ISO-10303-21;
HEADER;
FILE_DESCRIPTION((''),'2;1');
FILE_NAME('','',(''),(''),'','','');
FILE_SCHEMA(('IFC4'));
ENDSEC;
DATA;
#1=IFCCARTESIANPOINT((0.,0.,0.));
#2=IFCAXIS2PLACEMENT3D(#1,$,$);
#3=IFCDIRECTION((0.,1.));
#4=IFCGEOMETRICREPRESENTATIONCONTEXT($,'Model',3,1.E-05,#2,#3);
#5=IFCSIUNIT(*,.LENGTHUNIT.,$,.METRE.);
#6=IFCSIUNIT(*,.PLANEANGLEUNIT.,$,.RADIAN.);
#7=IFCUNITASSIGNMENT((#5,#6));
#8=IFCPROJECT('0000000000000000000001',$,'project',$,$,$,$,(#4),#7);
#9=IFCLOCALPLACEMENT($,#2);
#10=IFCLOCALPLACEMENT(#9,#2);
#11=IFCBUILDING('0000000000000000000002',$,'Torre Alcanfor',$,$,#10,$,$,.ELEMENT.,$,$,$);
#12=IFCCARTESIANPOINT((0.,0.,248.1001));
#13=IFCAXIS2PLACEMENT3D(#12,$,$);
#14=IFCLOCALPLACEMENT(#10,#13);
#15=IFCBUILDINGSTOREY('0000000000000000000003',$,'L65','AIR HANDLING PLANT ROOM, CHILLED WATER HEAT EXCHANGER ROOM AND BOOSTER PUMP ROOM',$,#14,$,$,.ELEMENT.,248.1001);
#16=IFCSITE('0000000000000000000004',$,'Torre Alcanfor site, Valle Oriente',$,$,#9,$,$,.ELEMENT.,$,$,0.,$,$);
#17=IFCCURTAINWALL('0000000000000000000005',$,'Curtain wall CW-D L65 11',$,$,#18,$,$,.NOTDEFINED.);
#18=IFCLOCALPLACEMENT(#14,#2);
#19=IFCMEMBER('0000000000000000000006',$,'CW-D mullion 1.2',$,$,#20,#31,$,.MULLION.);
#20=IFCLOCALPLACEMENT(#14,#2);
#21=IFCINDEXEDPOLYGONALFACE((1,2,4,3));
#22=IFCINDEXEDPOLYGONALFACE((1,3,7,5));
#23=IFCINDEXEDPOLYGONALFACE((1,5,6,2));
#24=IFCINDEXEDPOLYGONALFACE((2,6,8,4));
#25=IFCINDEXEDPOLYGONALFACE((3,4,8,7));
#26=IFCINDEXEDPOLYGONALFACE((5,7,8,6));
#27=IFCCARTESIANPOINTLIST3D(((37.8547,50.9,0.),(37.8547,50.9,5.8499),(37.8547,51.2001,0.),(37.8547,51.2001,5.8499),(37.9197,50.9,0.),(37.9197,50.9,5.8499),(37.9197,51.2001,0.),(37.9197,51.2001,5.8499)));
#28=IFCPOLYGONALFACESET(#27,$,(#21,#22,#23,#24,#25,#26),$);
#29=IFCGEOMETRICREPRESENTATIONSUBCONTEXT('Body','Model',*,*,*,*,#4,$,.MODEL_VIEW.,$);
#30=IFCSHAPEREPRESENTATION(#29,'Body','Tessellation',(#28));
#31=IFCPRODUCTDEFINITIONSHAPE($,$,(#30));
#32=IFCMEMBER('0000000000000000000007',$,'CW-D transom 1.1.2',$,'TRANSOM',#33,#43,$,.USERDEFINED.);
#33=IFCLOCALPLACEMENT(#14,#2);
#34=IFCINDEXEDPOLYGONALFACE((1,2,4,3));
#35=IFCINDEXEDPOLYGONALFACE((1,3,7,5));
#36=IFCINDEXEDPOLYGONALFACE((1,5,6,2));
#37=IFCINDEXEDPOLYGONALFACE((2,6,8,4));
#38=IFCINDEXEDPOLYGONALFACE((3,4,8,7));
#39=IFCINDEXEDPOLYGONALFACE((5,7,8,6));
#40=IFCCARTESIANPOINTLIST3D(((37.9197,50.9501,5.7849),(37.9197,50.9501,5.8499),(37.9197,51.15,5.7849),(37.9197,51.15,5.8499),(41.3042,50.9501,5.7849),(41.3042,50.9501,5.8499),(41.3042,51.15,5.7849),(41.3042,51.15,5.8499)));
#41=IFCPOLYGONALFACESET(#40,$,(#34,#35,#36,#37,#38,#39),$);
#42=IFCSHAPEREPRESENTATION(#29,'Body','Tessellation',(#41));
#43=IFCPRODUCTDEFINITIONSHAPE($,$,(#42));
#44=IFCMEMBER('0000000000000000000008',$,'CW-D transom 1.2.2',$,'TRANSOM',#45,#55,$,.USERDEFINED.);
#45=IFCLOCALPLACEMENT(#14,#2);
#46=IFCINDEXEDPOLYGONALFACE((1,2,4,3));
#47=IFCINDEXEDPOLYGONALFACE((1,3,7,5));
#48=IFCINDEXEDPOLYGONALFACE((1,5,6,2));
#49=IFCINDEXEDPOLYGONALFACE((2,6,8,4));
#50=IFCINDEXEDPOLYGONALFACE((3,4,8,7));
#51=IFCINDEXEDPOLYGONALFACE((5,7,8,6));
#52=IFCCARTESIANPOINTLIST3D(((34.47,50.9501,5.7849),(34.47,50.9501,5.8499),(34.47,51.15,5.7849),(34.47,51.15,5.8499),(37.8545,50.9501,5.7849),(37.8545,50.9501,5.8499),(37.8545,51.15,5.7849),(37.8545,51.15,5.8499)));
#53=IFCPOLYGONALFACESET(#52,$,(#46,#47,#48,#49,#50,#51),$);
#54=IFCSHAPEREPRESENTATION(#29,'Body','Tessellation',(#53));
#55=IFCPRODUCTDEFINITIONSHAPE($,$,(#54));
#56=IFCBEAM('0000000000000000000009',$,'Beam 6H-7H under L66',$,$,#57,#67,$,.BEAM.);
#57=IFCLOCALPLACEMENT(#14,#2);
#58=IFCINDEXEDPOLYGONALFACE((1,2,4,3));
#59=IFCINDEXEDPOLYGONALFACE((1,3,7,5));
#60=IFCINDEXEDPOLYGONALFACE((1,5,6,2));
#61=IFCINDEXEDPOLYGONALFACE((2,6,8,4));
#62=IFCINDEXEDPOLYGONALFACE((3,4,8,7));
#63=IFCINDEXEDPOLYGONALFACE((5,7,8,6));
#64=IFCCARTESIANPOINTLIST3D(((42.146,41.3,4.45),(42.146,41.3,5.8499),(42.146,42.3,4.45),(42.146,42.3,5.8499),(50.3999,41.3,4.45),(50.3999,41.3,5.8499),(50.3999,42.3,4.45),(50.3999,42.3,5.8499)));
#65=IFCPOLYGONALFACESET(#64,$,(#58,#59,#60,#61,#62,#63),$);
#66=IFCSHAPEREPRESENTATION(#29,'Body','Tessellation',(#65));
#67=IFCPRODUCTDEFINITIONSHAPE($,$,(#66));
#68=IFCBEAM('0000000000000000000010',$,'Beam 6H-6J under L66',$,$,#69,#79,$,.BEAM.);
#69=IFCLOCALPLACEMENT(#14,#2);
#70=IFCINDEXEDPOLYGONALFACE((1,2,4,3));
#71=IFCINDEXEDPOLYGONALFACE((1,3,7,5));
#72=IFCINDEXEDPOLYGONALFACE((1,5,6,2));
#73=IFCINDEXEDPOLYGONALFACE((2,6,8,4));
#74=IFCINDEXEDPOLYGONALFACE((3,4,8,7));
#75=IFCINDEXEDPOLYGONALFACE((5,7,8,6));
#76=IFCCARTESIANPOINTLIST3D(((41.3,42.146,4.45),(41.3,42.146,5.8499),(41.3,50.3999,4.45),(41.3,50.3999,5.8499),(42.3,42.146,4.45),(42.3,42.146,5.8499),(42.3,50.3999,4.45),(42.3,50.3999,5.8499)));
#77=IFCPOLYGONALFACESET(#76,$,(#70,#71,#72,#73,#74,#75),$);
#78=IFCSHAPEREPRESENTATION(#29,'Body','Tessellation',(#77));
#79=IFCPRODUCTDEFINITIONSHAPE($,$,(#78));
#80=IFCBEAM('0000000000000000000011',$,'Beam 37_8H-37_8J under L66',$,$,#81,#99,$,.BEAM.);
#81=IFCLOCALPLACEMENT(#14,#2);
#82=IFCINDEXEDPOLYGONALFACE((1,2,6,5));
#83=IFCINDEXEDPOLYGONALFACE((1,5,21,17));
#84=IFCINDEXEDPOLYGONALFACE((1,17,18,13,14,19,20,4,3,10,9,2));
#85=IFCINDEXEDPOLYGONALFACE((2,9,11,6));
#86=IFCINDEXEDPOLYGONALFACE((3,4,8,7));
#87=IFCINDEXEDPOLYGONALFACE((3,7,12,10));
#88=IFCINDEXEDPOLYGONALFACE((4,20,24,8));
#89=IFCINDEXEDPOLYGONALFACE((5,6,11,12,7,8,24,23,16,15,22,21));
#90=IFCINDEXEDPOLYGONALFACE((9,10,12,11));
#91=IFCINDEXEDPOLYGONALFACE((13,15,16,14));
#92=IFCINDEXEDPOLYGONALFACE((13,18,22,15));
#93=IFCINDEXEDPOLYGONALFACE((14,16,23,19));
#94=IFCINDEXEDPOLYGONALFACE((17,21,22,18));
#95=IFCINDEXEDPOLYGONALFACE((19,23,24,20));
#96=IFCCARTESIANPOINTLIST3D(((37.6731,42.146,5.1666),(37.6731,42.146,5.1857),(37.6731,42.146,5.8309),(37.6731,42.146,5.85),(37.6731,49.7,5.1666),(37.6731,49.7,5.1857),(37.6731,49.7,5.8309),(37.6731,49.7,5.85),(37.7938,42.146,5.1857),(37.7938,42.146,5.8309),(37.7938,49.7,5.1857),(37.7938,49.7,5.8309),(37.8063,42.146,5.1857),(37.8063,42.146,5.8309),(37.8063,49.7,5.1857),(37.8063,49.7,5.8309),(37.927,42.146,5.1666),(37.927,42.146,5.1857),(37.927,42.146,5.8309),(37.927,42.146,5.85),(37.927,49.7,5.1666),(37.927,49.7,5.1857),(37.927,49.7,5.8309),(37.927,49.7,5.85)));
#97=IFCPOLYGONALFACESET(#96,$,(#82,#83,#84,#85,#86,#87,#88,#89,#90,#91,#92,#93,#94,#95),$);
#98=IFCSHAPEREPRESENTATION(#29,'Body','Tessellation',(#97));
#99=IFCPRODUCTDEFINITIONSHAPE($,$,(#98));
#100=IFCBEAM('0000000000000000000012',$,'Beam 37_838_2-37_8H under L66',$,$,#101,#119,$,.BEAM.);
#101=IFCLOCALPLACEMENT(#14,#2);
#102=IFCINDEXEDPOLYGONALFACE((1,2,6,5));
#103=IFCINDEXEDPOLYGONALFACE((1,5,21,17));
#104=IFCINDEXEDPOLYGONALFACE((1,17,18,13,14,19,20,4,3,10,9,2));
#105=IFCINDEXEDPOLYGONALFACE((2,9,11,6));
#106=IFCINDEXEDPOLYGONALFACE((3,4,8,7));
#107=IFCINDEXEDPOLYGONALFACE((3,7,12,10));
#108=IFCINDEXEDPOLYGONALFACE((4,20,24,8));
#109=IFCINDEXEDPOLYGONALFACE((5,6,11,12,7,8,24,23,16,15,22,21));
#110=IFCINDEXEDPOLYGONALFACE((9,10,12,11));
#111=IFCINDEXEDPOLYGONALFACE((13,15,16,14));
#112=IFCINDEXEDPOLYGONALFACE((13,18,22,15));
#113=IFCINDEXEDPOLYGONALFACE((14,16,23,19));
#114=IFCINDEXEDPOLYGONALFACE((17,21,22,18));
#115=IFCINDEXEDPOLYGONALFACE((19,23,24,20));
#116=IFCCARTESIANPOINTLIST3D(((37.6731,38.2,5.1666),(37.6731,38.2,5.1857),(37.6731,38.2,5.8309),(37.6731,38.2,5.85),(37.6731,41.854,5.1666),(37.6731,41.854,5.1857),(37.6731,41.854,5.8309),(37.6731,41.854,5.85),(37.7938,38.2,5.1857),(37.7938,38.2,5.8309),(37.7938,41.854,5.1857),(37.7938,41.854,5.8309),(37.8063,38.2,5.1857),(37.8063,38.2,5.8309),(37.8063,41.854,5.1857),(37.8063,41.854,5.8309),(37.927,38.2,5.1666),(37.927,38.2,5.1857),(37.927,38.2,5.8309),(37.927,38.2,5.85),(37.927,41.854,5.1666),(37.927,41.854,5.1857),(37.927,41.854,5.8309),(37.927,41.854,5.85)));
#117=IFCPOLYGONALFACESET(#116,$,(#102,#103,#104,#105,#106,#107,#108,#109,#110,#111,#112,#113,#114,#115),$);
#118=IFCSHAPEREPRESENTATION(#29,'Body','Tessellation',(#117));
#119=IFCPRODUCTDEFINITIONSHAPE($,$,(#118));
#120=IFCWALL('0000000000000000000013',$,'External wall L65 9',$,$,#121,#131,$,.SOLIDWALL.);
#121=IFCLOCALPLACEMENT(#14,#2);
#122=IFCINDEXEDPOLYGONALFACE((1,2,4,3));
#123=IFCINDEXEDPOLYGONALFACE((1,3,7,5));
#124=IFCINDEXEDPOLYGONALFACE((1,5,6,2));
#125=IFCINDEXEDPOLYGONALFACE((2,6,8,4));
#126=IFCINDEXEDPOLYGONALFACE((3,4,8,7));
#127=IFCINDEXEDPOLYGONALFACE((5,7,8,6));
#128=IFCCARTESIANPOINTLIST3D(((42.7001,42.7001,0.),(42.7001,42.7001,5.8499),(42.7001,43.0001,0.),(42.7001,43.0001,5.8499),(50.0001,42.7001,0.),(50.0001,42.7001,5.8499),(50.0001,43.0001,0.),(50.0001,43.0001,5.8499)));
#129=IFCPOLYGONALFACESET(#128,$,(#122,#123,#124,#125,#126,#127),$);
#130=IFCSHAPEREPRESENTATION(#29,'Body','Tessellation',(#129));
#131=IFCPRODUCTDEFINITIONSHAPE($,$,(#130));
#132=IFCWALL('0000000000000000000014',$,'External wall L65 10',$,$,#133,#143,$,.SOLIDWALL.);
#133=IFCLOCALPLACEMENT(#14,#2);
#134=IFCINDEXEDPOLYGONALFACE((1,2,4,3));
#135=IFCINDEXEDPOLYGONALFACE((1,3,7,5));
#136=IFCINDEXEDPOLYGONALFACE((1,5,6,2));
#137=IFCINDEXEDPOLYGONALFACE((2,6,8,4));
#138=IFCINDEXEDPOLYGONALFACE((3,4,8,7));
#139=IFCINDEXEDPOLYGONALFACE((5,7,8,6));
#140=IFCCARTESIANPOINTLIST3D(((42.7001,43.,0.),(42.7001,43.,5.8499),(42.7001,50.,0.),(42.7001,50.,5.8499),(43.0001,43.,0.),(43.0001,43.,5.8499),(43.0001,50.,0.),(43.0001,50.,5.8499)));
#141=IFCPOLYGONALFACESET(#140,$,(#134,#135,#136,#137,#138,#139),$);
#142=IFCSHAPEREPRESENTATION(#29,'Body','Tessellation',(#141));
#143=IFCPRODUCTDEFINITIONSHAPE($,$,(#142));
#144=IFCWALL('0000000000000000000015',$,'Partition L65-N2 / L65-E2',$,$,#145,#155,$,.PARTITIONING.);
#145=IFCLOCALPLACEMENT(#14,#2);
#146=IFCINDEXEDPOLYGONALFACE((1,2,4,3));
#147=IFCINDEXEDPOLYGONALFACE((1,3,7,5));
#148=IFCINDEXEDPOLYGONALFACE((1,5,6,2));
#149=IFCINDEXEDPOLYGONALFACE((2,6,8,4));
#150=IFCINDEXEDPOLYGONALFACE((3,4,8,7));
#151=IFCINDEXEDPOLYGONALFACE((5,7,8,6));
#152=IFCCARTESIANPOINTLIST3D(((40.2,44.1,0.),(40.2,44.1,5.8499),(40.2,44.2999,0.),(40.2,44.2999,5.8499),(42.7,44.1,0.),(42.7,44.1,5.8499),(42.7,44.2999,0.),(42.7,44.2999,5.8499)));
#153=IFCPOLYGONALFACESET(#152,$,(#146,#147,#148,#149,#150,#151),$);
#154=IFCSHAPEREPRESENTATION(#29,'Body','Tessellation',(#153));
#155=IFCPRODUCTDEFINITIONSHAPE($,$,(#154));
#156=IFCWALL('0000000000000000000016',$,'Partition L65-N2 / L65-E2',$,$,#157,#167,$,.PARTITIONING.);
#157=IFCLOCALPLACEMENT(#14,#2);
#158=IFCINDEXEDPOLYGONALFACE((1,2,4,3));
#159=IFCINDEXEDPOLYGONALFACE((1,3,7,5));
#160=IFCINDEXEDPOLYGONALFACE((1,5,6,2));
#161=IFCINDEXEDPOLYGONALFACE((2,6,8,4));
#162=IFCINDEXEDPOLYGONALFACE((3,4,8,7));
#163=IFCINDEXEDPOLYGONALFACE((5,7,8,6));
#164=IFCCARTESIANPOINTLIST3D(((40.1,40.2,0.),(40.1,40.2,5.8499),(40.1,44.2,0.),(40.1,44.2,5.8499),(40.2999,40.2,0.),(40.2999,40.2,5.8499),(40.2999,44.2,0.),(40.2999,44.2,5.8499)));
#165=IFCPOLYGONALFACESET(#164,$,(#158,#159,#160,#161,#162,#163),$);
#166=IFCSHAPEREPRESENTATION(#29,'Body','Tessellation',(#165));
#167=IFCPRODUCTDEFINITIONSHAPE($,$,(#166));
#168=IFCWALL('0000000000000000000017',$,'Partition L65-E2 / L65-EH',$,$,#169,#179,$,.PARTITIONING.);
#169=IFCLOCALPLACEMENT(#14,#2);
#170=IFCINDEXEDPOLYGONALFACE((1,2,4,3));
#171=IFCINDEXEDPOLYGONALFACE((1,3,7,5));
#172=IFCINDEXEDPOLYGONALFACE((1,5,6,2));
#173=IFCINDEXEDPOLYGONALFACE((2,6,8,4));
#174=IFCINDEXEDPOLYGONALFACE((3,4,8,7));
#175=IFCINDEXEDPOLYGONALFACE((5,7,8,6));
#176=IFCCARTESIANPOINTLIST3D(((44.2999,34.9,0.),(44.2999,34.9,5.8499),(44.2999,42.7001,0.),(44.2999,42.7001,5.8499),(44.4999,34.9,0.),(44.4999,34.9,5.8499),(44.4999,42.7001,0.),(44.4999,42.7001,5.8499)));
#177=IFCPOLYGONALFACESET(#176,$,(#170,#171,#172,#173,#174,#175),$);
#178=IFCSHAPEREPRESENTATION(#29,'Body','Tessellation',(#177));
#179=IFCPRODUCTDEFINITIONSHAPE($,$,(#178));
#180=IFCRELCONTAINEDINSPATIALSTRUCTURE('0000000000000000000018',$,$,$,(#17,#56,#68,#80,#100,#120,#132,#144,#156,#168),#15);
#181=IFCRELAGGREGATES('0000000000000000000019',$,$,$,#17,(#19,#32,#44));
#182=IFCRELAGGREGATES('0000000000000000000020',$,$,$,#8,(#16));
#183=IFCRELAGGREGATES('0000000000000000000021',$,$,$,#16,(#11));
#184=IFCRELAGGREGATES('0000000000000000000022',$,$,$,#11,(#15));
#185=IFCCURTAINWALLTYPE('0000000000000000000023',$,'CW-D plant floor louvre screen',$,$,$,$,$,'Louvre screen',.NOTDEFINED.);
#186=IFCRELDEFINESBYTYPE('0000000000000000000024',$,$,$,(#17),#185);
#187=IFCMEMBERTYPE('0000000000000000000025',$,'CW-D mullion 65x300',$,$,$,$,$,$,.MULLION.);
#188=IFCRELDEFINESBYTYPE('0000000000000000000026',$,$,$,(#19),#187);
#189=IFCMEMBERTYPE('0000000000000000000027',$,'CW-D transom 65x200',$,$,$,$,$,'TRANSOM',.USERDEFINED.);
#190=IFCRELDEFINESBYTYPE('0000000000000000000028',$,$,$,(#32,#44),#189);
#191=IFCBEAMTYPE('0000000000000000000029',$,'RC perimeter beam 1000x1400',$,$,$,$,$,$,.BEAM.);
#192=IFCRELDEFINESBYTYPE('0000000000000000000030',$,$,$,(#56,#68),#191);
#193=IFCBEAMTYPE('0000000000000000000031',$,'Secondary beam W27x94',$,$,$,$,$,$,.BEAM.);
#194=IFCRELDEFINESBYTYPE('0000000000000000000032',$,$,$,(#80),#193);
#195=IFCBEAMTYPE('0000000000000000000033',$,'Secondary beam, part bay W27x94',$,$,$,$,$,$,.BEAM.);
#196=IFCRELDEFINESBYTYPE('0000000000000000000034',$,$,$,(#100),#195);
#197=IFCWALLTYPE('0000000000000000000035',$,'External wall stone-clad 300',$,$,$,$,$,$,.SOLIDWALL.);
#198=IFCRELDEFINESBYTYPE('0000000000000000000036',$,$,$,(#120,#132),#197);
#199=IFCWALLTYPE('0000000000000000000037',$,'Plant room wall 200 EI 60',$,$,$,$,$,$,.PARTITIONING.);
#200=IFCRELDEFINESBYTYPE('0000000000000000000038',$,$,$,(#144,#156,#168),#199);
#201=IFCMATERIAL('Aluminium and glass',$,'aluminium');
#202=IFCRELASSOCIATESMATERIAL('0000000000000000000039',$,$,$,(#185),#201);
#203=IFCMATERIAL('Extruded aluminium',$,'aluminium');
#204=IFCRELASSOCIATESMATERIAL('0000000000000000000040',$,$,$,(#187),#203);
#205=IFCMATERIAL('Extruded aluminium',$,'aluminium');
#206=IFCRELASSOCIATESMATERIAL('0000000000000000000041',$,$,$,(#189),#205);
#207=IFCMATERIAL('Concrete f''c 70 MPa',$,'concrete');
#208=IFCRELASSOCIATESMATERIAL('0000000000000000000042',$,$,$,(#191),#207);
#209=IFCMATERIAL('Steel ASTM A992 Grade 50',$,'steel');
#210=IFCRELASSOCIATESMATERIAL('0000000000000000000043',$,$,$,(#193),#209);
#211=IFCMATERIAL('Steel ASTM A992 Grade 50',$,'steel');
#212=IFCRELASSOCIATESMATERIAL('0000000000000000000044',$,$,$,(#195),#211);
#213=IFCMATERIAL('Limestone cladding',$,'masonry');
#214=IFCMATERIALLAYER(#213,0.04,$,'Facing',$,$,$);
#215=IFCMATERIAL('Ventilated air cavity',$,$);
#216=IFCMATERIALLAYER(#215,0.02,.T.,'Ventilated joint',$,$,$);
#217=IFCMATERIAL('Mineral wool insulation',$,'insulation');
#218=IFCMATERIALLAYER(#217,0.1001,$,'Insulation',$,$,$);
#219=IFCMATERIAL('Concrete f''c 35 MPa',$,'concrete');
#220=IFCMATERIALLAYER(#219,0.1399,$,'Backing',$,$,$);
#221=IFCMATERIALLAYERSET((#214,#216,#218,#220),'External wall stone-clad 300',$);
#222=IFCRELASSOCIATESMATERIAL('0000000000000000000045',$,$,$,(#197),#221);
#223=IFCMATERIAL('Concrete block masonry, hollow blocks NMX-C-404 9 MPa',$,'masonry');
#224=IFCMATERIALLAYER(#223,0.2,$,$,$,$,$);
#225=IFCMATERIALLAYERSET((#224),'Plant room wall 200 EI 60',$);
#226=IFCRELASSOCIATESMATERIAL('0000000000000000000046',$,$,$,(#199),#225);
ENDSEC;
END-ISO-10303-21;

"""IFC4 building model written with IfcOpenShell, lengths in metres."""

from ifc_helpers import new_model, si_unit, direction, frame, frame_2d, origin, origin_2d, place, context, subcontext, project, spatial, rectangle, i_section, extrude, material, layer, layer_set, material_profile, profile_set, type_object, element, aggregate, save


model = new_model("IFC4")

# Units and contexts
model_context = context("Model", 3, precision=1e-05, world=origin(), true_north=direction((0.0, 1.0)))
body_context = subcontext(model_context, "Body", "Model", "MODEL_VIEW")
ifc_project = project(units=[si_unit("LENGTHUNIT", "METRE"), si_unit("PLANEANGLEUNIT", "RADIAN")], contexts=[model_context])

# Site, building, storey
site_placement = place(None, origin())
site = spatial("IfcSite", under=ifc_project, at=site_placement, Name="Torre Alcanfor site, Valle Oriente", CompositionType="ELEMENT", RefElevation=0.0)
building_placement = place(site_placement, origin())
building = spatial("IfcBuilding", under=site, at=building_placement, Name="Torre Alcanfor", CompositionType="ELEMENT")
storey_placement = place(building_placement, frame((0.0, 0.0, 248.1001)))
storey = spatial("IfcBuildingStorey", under=building, at=storey_placement, Name="L65", Description="AIR HANDLING PLANT ROOM, CHILLED WATER HEAT EXCHANGER ROOM AND BOOSTER PUMP ROOM", CompositionType="ELEMENT", Elevation=248.1001)

# Shared definitions
ifc_material_1 = material(Name="Aluminium and glass", Category="aluminium")
curtain_wall_type = type_object("IfcCurtainWallType", Name="CW-D plant floor louvre screen", ElementType="Louvre screen", PredefinedType="NOTDEFINED", material=ifc_material_1)
ifc_material_2 = material(Name="Extruded aluminium", Category="aluminium")
ifc_material_profile_1 = material_profile(ifc_material_2, rectangle(XDim=0.3, YDim=0.0649, at=origin_2d()), Name="CW-D mullion 65x300")
ifc_profile_set_1 = profile_set([ifc_material_profile_1], Name="Extruded aluminium")
member_type_1 = type_object("IfcMemberType", Name="CW-D mullion 65x300", PredefinedType="MULLION", material=ifc_profile_set_1)

# Curtain wall, members
curtain_wall_1_placement = place(storey_placement, origin())
curtain_wall_1 = element("IfcCurtainWall", 1, at=curtain_wall_1_placement, inside=storey, type_object=curtain_wall_type, Name="Curtain wall CW-D L65 11", PredefinedType="NOTDEFINED")
member_1_placement = place(storey_placement, frame((37.8872, 51.05, 0.0), z_axis=(0.0, 0.0, 1.0), x_axis=(0.0, -1.0, 0.0)))
member_1 = element("IfcMember", 2, at=member_1_placement, type_object=member_type_1, Name="CW-D mullion 1.2", PredefinedType="MULLION", context=body_context, shape_type="SweptSolid", body=[
    extrude(rectangle(XDim=0.3, YDim=0.0649, at=origin_2d()), origin(), (0.0, 0.0, 1.0), 5.8499),
])
ifc_material_3 = material(Name="Extruded aluminium", Category="aluminium")
ifc_material_profile_2 = material_profile(ifc_material_3, rectangle(XDim=0.2, YDim=0.0649, at=origin_2d()), Name="CW-D transom 200x65")
ifc_profile_set_2 = profile_set([ifc_material_profile_2], Name="Extruded aluminium")
member_type_2 = type_object("IfcMemberType", Name="CW-D transom 65x200", ElementType="TRANSOM", PredefinedType="USERDEFINED", material=ifc_profile_set_2)
member_2_placement = place(storey_placement, frame((41.3042, 51.05, 5.8174), z_axis=(-1.0, 0.0, 0.0), x_axis=(0.0, -1.0, 0.0)))
member_2 = element("IfcMember", 3, at=member_2_placement, type_object=member_type_2, Name="CW-D transom 1.1.2", ObjectType="TRANSOM", PredefinedType="USERDEFINED", context=body_context, shape_type="SweptSolid", body=[
    extrude(rectangle(XDim=0.2, YDim=0.0649, at=origin_2d()), origin(), (0.0, 0.0, 1.0), 3.3845),
])
member_3_placement = place(storey_placement, frame((37.8545, 51.05, 5.8174), z_axis=(-1.0, 0.0, 0.0), x_axis=(0.0, -1.0, 0.0)))
member_3 = element("IfcMember", 4, at=member_3_placement, type_object=member_type_2, Name="CW-D transom 1.2.2", ObjectType="TRANSOM", PredefinedType="USERDEFINED", context=body_context, shape_type="SweptSolid", body=[
    extrude(rectangle(XDim=0.2, YDim=0.0649, at=origin_2d()), origin(), (0.0, 0.0, 1.0), 3.3845),
])

# Beams
ifc_material_4 = material(Name="Concrete f'c 70 MPa", Category="concrete")
ifc_material_profile_3 = material_profile(ifc_material_4, rectangle(XDim=1.0, YDim=1.3999, at=origin_2d()), Name="1000x1400")
ifc_profile_set_3 = profile_set([ifc_material_profile_3], Name="Concrete f'c 70 MPa")
beam_type_1 = type_object("IfcBeamType", Name="RC perimeter beam 1000x1400", PredefinedType="BEAM", material=ifc_profile_set_3)
for number, where, z_axis, x_axis, name in (
    (5, (42.146, 41.8, 5.1499), (1.0, 0.0, 0.0), (0.0, 1.0, 0.0), "Beam 6H-7H under L66"),
    (6, (41.8, 42.146, 5.1499), (0.0, 1.0, 0.0), (-1.0, 0.0, 0.0), "Beam 6H-6J under L66"),
):
    element("IfcBeam", number, at=place(storey_placement, frame(where, z_axis=z_axis, x_axis=x_axis)), inside=storey, type_object=beam_type_1, Name=name, PredefinedType="BEAM", context=body_context, shape_type="SweptSolid", body=[
        extrude(rectangle(XDim=1.0, YDim=1.3999, at=origin_2d()), origin(), (0.0, 0.0, 1.0), 8.2539),
    ])
ifc_material_5 = material(Name="Steel ASTM A992 Grade 50", Category="steel")
ifc_material_profile_4 = material_profile(ifc_material_5, i_section(OverallWidth=0.2539, OverallDepth=0.6833, WebThickness=0.0125, FlangeThickness=0.019, at=origin_2d()), Name="W27x94")
ifc_profile_set_4 = profile_set([ifc_material_profile_4], Name="Steel ASTM A992 Grade 50")
beam_type_2 = type_object("IfcBeamType", Name="Secondary beam W27x94", PredefinedType="BEAM", material=ifc_profile_set_4)
beam_1_placement = place(storey_placement, frame((37.8, 42.146, 5.5083), z_axis=(0.0, 1.0, 0.0), x_axis=(-1.0, 0.0, 0.0)))
element("IfcBeam", 7, at=beam_1_placement, inside=storey, type_object=beam_type_2, Name="Beam 37_8H-37_8J under L66", PredefinedType="BEAM", context=body_context, shape_type="SweptSolid", body=[
    extrude(i_section(OverallWidth=0.2539, OverallDepth=0.6833, WebThickness=0.0125, FlangeThickness=0.019, at=origin_2d()), origin(), (0.0, 0.0, 1.0), 7.554),
])
ifc_material_6 = material(Name="Steel ASTM A992 Grade 50", Category="steel")
ifc_material_profile_5 = material_profile(ifc_material_6, i_section(OverallWidth=0.2539, OverallDepth=0.6833, WebThickness=0.0125, FlangeThickness=0.019, at=origin_2d()), Name="W27x94")
ifc_profile_set_5 = profile_set([ifc_material_profile_5], Name="Steel ASTM A992 Grade 50")
beam_type_3 = type_object("IfcBeamType", Name="Secondary beam, part bay W27x94", PredefinedType="BEAM", material=ifc_profile_set_5)
beam_2_placement = place(storey_placement, frame((37.8, 38.2, 5.5083), z_axis=(0.0, 1.0, 0.0), x_axis=(-1.0, 0.0, 0.0)))
element("IfcBeam", 8, at=beam_2_placement, inside=storey, type_object=beam_type_3, Name="Beam 37_838_2-37_8H under L66", PredefinedType="BEAM", context=body_context, shape_type="SweptSolid", body=[
    extrude(i_section(OverallWidth=0.2539, OverallDepth=0.6833, WebThickness=0.0125, FlangeThickness=0.019, at=origin_2d()), origin(), (0.0, 0.0, 1.0), 3.6541),
])

# Walls
ifc_material_7 = material(Name="Limestone cladding", Category="masonry")
ifc_layer_1 = layer(ifc_material_7, 0.04, Name="Facing")
ifc_material_8 = material(Name="Ventilated air cavity")
ifc_layer_2 = layer(ifc_material_8, 0.02, ventilated=True, Name="Ventilated joint")
ifc_material_9 = material(Name="Mineral wool insulation", Category="insulation")
ifc_layer_3 = layer(ifc_material_9, 0.1001, Name="Insulation")
ifc_material_10 = material(Name="Concrete f'c 35 MPa", Category="concrete")
ifc_layer_4 = layer(ifc_material_10, 0.1399, Name="Backing")
ifc_layer_set_1 = layer_set([ifc_layer_1, ifc_layer_2, ifc_layer_3, ifc_layer_4], Name="External wall stone-clad 300")
wall_type_1 = type_object("IfcWallType", Name="External wall stone-clad 300", PredefinedType="SOLIDWALL", material=ifc_layer_set_1)
wall_1_placement = place(storey_placement, frame((50.0, 42.8501, 0.0), z_axis=(0.0, 0.0, 1.0), x_axis=(-1.0, 0.0, 0.0)))
element("IfcWall", 9, at=wall_1_placement, inside=storey, type_object=wall_type_1, Name="External wall L65 9", PredefinedType="SOLIDWALL", context=body_context, shape_type="SweptSolid", body=[
    extrude(rectangle(XDim=7.3, YDim=0.3, at=frame_2d((3.6499, 0.0))), origin(), (0.0, 0.0, 1.0), 5.8499),
])
wall_2_placement = place(storey_placement, frame((42.8501, 43.0, 0.0), z_axis=(0.0, 0.0, 1.0), x_axis=(0.0, 1.0, 0.0)))
element("IfcWall", 10, at=wall_2_placement, inside=storey, type_object=wall_type_1, Name="External wall L65 10", PredefinedType="SOLIDWALL", context=body_context, shape_type="SweptSolid", body=[
    extrude(rectangle(XDim=7.0, YDim=0.3, at=frame_2d((3.5, 0.0))), origin(), (0.0, 0.0, 1.0), 5.8499),
])

# Shared definitions
ifc_material_11 = material(Name="Concrete block masonry, hollow blocks NMX-C-404 9 MPa", Category="masonry")
ifc_layer_5 = layer(ifc_material_11, 0.2)
ifc_layer_set_2 = layer_set([ifc_layer_5], Name="Plant room wall 200 EI 60")
wall_type_2 = type_object("IfcWallType", Name="Plant room wall 200 EI 60", PredefinedType="PARTITIONING", material=ifc_layer_set_2)

# Walls
wall_3_placement = place(storey_placement, frame((42.7, 44.2, 0.0), z_axis=(0.0, 0.0, 1.0), x_axis=(-1.0, 0.0, 0.0)))
element("IfcWall", 11, at=wall_3_placement, inside=storey, type_object=wall_type_2, Name="Partition L65-N2 / L65-E2", PredefinedType="PARTITIONING", context=body_context, shape_type="SweptSolid", body=[
    extrude(rectangle(XDim=2.5, YDim=0.2, at=frame_2d((1.25, 0.0))), origin(), (0.0, 0.0, 1.0), 5.8499),
])
wall_4_placement = place(storey_placement, frame((40.2, 44.2, 0.0), z_axis=(0.0, 0.0, 1.0), x_axis=(0.0, -1.0, 0.0)))
element("IfcWall", 12, at=wall_4_placement, inside=storey, type_object=wall_type_2, Name="Partition L65-N2 / L65-E2", PredefinedType="PARTITIONING", context=body_context, shape_type="SweptSolid", body=[
    extrude(rectangle(XDim=4.0, YDim=0.2, at=frame_2d((2.0, 0.0))), origin(), (0.0, 0.0, 1.0), 5.8499),
])
wall_5_placement = place(storey_placement, frame((44.3999, 42.7, 0.0), z_axis=(0.0, 0.0, 1.0), x_axis=(0.0, -1.0, 0.0)))
element("IfcWall", 13, at=wall_5_placement, inside=storey, type_object=wall_type_2, Name="Partition L65-E2 / L65-EH", PredefinedType="PARTITIONING", context=body_context, shape_type="SweptSolid", body=[
    extrude(rectangle(XDim=7.8, YDim=0.2, at=frame_2d((3.8999, 0.0))), origin(), (0.0, 0.0, 1.0), 5.8499),
])

aggregate(curtain_wall_1, [member_1, member_2, member_3])

save(model, "model.ifc")
